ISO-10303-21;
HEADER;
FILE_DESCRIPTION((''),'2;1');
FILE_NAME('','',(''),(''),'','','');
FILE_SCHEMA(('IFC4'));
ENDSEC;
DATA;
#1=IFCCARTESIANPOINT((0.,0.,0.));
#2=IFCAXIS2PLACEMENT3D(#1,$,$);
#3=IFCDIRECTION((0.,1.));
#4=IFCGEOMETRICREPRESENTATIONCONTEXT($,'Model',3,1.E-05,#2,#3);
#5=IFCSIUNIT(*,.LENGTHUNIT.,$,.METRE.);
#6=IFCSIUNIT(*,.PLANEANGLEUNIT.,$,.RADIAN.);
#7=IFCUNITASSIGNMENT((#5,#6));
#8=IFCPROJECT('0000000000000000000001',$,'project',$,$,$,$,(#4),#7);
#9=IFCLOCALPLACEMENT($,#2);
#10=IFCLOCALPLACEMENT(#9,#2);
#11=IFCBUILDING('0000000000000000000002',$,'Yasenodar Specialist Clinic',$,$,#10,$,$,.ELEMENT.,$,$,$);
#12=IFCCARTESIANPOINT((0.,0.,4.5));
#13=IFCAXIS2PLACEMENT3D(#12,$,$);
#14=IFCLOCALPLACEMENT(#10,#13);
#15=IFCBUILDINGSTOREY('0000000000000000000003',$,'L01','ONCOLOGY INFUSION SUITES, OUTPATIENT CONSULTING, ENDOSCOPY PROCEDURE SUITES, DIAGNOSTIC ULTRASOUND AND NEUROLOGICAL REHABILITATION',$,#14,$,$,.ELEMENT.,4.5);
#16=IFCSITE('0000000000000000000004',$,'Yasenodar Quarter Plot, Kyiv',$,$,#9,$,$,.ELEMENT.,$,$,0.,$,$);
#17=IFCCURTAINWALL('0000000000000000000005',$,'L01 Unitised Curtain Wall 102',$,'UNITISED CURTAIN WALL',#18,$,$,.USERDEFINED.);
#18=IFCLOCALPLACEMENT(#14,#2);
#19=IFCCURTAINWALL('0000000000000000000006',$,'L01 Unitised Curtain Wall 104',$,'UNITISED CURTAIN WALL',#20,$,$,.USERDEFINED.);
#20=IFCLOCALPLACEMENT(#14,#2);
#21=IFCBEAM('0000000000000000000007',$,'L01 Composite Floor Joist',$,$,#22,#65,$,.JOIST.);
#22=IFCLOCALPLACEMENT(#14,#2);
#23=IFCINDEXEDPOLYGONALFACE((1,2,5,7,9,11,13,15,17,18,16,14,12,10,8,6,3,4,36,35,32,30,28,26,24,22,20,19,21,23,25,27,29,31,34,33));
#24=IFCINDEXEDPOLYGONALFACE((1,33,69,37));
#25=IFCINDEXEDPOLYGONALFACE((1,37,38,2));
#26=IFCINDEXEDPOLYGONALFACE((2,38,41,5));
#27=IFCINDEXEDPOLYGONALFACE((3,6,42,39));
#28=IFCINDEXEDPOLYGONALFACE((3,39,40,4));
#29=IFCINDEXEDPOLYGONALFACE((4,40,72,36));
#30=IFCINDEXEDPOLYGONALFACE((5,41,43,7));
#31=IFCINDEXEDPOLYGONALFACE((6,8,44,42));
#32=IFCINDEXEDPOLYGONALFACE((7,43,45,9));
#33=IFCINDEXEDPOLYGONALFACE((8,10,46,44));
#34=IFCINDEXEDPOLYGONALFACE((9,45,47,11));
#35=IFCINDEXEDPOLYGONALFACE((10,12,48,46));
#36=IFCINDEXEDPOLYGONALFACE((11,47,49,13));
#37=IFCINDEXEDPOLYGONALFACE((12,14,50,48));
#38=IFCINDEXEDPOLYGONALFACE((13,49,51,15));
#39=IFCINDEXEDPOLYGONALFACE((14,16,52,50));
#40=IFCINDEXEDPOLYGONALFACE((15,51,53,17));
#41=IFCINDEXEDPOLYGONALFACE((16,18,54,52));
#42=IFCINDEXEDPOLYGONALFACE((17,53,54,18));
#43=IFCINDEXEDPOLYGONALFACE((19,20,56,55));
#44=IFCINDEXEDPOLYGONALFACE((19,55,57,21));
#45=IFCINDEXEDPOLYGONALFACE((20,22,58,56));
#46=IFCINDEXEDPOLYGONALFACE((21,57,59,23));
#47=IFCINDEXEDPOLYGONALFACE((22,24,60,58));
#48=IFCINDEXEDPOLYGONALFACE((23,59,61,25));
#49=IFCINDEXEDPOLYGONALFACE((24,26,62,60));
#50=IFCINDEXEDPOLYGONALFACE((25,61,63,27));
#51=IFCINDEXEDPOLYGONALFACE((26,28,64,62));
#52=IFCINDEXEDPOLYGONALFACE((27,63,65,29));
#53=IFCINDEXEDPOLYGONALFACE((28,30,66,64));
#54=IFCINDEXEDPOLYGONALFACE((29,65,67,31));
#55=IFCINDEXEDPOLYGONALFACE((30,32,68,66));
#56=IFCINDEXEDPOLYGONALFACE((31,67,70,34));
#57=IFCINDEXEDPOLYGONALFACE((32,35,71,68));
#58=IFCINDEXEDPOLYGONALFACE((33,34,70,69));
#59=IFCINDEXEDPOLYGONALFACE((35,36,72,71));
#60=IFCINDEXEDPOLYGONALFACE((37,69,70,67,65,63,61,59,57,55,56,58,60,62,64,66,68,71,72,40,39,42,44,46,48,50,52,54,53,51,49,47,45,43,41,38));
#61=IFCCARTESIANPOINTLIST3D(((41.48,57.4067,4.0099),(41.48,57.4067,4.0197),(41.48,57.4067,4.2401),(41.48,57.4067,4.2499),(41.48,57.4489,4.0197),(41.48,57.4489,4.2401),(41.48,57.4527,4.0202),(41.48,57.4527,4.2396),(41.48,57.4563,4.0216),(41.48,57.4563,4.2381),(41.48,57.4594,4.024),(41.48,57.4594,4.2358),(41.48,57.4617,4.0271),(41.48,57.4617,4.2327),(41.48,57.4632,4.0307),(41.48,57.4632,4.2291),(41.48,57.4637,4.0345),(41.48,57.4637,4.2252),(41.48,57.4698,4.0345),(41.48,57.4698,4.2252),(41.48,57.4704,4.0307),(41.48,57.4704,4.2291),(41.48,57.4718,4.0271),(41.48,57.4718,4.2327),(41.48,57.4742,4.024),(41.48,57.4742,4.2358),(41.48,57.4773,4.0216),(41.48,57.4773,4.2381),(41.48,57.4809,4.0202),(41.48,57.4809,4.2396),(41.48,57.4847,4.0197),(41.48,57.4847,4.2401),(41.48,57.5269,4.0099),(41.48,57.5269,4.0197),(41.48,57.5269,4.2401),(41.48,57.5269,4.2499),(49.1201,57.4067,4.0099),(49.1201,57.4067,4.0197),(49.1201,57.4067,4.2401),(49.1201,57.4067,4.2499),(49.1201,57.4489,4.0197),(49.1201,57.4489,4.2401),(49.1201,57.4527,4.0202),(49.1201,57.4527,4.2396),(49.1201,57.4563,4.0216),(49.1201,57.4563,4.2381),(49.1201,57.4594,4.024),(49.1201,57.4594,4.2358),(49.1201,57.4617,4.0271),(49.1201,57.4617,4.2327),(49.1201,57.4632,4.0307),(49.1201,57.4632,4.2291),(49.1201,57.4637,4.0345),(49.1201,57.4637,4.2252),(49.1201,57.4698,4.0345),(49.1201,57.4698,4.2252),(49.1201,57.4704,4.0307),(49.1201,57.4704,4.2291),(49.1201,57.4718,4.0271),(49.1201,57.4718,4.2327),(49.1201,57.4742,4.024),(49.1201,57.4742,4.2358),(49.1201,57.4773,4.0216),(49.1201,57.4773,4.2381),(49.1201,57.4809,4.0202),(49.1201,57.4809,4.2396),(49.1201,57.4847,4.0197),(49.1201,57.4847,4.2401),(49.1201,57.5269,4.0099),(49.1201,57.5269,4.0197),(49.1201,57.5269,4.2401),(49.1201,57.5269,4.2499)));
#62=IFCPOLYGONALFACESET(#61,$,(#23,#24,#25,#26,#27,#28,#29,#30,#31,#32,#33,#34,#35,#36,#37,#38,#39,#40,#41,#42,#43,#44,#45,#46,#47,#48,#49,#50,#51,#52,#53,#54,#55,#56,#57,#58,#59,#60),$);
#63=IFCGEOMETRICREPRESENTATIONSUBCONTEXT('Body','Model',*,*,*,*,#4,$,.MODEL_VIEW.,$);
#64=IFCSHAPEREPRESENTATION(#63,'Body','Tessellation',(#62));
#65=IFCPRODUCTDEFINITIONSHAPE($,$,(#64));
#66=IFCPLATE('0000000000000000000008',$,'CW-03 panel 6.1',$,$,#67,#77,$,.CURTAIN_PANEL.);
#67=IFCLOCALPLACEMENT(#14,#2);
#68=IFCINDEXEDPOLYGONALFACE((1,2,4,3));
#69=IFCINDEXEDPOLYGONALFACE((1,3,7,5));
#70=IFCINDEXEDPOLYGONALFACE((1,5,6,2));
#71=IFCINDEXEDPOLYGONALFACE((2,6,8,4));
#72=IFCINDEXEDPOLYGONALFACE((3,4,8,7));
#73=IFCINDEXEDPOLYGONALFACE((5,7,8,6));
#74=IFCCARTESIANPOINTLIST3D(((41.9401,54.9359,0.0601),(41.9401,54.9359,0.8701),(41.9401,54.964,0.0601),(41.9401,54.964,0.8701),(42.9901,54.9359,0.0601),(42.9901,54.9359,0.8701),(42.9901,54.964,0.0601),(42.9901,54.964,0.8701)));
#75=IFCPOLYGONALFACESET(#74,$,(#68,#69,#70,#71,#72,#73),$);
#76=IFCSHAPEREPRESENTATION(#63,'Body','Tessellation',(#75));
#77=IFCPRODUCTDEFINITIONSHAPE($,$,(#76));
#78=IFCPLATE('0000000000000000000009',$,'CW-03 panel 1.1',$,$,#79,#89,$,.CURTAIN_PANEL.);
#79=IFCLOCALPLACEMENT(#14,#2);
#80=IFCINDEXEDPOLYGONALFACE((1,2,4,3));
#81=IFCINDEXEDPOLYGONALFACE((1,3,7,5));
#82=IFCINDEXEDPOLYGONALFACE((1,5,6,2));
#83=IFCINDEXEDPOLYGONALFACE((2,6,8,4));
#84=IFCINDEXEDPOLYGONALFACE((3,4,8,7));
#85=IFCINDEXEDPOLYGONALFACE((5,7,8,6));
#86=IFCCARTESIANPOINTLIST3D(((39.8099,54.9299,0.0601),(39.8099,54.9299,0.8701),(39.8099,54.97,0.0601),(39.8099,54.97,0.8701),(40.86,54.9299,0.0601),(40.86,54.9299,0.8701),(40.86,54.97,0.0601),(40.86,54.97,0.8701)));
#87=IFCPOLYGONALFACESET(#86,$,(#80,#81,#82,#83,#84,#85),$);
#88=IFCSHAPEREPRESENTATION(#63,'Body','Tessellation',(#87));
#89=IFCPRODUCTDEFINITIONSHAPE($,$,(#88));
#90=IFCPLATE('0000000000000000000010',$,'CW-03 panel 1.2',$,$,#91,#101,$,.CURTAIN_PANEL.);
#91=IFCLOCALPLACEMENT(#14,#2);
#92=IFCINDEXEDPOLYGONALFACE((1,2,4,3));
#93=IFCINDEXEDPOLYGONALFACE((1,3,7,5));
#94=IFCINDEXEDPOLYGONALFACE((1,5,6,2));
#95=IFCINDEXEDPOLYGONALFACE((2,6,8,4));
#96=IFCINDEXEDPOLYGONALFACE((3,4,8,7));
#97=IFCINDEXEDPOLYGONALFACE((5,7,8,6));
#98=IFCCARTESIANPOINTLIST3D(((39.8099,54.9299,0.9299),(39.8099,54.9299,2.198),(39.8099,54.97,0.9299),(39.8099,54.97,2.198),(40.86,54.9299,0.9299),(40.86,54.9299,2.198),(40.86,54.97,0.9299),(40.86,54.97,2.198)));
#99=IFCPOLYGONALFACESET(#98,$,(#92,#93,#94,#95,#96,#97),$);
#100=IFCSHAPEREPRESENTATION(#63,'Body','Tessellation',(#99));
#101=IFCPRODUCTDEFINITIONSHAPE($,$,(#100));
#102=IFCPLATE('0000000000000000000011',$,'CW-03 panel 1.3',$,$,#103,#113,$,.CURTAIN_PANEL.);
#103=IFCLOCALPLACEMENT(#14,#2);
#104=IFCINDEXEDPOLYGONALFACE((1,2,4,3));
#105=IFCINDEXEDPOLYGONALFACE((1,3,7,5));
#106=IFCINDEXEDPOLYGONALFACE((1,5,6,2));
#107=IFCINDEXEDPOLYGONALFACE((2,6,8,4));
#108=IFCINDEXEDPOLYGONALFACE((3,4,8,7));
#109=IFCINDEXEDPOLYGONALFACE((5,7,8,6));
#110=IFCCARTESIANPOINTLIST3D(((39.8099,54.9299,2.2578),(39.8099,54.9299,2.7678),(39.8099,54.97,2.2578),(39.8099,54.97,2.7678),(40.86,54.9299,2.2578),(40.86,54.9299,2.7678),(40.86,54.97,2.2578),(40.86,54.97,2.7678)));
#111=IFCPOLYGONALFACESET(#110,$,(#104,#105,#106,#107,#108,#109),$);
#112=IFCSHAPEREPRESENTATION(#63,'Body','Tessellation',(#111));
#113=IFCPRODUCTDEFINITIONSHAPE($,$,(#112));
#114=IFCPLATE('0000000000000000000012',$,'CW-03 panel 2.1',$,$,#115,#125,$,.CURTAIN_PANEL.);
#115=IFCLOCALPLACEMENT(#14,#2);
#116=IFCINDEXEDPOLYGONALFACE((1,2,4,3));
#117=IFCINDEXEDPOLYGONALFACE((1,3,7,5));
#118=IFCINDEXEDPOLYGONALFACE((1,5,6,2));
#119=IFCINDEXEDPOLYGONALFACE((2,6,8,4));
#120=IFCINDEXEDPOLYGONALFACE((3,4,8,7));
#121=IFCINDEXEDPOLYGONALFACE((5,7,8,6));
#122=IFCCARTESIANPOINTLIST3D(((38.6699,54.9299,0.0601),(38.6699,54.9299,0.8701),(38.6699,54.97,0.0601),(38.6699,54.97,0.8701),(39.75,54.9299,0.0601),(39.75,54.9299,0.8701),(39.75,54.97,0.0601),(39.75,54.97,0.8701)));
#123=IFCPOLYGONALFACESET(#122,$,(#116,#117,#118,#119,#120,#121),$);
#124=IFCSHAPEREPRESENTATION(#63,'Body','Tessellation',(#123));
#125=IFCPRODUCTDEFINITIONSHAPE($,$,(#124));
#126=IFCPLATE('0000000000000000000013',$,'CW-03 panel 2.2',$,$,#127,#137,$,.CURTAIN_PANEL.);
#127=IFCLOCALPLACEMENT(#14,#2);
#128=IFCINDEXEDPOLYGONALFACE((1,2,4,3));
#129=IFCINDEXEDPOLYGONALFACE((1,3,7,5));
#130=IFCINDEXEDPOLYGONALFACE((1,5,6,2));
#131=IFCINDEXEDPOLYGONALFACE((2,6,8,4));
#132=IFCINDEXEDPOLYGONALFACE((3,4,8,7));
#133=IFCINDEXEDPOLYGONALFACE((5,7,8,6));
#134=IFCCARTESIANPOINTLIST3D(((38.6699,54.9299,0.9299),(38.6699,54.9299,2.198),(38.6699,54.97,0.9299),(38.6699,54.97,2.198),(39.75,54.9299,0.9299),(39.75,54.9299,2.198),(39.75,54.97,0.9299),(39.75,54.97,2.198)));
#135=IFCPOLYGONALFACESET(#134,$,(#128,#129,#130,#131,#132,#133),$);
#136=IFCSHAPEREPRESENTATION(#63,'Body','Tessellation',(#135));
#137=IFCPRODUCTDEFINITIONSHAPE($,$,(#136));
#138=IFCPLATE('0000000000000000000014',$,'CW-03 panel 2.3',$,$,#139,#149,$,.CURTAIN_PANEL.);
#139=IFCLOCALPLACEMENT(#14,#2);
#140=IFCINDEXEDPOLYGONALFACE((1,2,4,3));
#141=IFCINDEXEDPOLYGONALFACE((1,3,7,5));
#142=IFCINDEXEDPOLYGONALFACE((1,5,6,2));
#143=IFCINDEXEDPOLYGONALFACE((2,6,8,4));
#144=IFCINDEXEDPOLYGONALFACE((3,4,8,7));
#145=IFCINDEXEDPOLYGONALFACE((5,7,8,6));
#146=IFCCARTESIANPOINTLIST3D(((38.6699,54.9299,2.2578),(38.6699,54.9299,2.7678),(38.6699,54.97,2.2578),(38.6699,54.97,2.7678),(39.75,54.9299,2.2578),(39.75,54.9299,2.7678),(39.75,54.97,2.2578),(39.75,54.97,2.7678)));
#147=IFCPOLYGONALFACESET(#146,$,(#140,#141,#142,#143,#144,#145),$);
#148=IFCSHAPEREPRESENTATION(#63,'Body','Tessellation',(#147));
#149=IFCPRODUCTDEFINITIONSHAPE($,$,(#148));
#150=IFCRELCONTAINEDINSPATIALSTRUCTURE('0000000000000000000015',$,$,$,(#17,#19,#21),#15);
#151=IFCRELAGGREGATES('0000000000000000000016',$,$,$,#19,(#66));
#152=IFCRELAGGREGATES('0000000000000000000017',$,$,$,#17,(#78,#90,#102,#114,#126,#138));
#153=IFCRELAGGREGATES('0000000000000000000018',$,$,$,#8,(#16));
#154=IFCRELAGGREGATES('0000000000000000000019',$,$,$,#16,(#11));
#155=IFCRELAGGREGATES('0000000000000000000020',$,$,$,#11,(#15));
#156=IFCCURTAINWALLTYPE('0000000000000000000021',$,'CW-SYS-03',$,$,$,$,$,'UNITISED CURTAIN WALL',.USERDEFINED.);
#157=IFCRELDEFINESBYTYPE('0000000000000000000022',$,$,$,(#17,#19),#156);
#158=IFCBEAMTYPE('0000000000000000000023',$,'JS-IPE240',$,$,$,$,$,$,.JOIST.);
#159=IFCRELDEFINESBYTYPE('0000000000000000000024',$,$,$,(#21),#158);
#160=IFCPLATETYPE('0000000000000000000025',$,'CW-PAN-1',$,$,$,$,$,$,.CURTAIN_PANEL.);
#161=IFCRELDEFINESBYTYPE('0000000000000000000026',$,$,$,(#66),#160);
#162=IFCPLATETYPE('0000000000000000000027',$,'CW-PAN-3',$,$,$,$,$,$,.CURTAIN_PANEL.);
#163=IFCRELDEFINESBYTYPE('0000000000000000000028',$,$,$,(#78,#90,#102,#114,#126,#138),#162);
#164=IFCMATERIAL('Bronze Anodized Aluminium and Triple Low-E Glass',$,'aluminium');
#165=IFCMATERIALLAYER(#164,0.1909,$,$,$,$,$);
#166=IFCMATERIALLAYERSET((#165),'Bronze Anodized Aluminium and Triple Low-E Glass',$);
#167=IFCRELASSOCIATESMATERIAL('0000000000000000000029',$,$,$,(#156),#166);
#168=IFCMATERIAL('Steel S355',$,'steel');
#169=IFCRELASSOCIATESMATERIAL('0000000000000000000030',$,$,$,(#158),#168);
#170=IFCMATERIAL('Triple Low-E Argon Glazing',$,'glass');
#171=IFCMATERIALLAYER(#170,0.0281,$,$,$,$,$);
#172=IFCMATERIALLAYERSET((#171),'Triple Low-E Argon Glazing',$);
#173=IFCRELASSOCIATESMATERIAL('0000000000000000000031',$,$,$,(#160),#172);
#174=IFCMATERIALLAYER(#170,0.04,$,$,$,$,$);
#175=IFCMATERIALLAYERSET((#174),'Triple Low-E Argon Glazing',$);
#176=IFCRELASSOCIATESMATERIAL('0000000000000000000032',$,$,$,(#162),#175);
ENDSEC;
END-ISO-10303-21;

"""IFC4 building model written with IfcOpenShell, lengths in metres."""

from ifc_helpers import new_model, si_unit, direction, frame, origin, origin_2d, place, context, subcontext, project, spatial, rectangle, i_section, extrude, material, layer, layer_set, material_profile, profile_set, type_object, element, aggregate, save


model = new_model("IFC4")

# Units and contexts
model_context = context("Model", 3, precision=1e-05, world=origin(), true_north=direction((0.0, 1.0)))
body_context = subcontext(model_context, "Body", "Model", "MODEL_VIEW")
ifc_project = project(units=[si_unit("LENGTHUNIT", "METRE"), si_unit("PLANEANGLEUNIT", "RADIAN")], contexts=[model_context])

# Site, building, storey
site_placement = place(None, origin())
site = spatial("IfcSite", under=ifc_project, at=site_placement, Name="Yasenodar Quarter Plot, Kyiv", CompositionType="ELEMENT", RefElevation=0.0)
building_placement = place(site_placement, origin())
building = spatial("IfcBuilding", under=site, at=building_placement, Name="Yasenodar Specialist Clinic", CompositionType="ELEMENT")
storey_placement = place(building_placement, frame((0.0, 0.0, 4.5)))
storey = spatial("IfcBuildingStorey", under=building, at=storey_placement, Name="L01", Description="ONCOLOGY INFUSION SUITES, OUTPATIENT CONSULTING, ENDOSCOPY PROCEDURE SUITES, DIAGNOSTIC ULTRASOUND AND NEUROLOGICAL REHABILITATION", CompositionType="ELEMENT", Elevation=4.5)

# Shared definitions
ifc_material_1 = material(Name="Steel S355", Category="steel")

# Curtain wall
ifc_material_2 = material(Name="Bronze Anodized Aluminium and Triple Low-E Glass", Category="aluminium")
ifc_layer_1 = layer(ifc_material_2, 0.1909)
ifc_layer_set_1 = layer_set([ifc_layer_1], Name="Bronze Anodized Aluminium and Triple Low-E Glass")
curtain_wall_type = type_object("IfcCurtainWallType", Name="CW-SYS-03", ElementType="UNITISED CURTAIN WALL", PredefinedType="USERDEFINED", material=ifc_layer_set_1)
curtain_wall_1_placement = place(storey_placement, origin())
curtain_wall_1 = element("IfcCurtainWall", 1, at=curtain_wall_1_placement, inside=storey, type_object=curtain_wall_type, Name="L01 Unitised Curtain Wall 102", ObjectType="UNITISED CURTAIN WALL", PredefinedType="USERDEFINED")

# Curtain wall
curtain_wall_2_placement = place(storey_placement, origin())
curtain_wall_2 = element("IfcCurtainWall", 2, at=curtain_wall_2_placement, inside=storey, type_object=curtain_wall_type, Name="L01 Unitised Curtain Wall 104", ObjectType="UNITISED CURTAIN WALL", PredefinedType="USERDEFINED")

# Beam
ifc_material_profile_1 = material_profile(ifc_material_1, i_section(OverallWidth=0.1201, OverallDepth=0.24, WebThickness=0.0061, FlangeThickness=0.0098, FilletRadius=0.0149, at=origin_2d()), Name="IPE 240")
ifc_profile_set_1 = profile_set([ifc_material_profile_1], Name="Steel S355")
beam_type_1 = type_object("IfcBeamType", Name="JS-IPE240", PredefinedType="JOIST", material=ifc_profile_set_1)
beam_1_placement = place(storey_placement, frame((41.48, 57.4668, 4.1299), z_axis=(1.0, 0.0, 0.0), x_axis=(0.0, 1.0, 0.0)))
element("IfcBeam", 3, at=beam_1_placement, inside=storey, type_object=beam_type_1, Name="L01 Composite Floor Joist", PredefinedType="JOIST", context=body_context, shape_type="SweptSolid", body=[
    extrude(i_section(OverallWidth=0.1201, OverallDepth=0.24, WebThickness=0.0061, FlangeThickness=0.0098, FilletRadius=0.0149, at=origin_2d()), origin(), (0.0, 0.0, 1.0), 7.6401),
])

# Plates
ifc_material_3 = material(Name="Triple Low-E Argon Glazing", Category="glass")
ifc_layer_2 = layer(ifc_material_3, 0.0281)
ifc_layer_set_2 = layer_set([ifc_layer_2], Name="Triple Low-E Argon Glazing")
plate_type_1 = type_object("IfcPlateType", Name="CW-PAN-1", PredefinedType="CURTAIN_PANEL", material=ifc_layer_set_2)
plate_1_placement = place(storey_placement, frame((42.4651, 54.95, 0.0601), z_axis=(0.0, 0.0, 1.0), x_axis=(-1.0, 0.0, 0.0)))
plate_1 = element("IfcPlate", 4, at=plate_1_placement, type_object=plate_type_1, Name="CW-03 panel 6.1", PredefinedType="CURTAIN_PANEL", context=body_context, shape_type="SweptSolid", body=[
    extrude(rectangle(XDim=1.05, YDim=0.0281, at=origin_2d()), origin(), (0.0, 0.0, 1.0), 0.8101),
])
aggregate(curtain_wall_2, [plate_1])
ifc_layer_3 = layer(ifc_material_3, 0.04)
ifc_layer_set_3 = layer_set([ifc_layer_3], Name="Triple Low-E Argon Glazing")
plate_type_2 = type_object("IfcPlateType", Name="CW-PAN-3", PredefinedType="CURTAIN_PANEL", material=ifc_layer_set_3)
plate_2_placement = place(storey_placement, frame((40.335, 54.95, 0.0601), z_axis=(0.0, 0.0, 1.0), x_axis=(-1.0, 0.0, 0.0)))
plate_2 = element("IfcPlate", 5, at=plate_2_placement, type_object=plate_type_2, Name="CW-03 panel 1.1", PredefinedType="CURTAIN_PANEL", context=body_context, shape_type="SweptSolid", body=[
    extrude(rectangle(XDim=1.05, YDim=0.04, at=origin_2d()), origin(), (0.0, 0.0, 1.0), 0.8101),
])
plate_3_placement = place(storey_placement, frame((40.335, 54.95, 0.9299), z_axis=(0.0, 0.0, 1.0), x_axis=(-1.0, 0.0, 0.0)))
plate_3 = element("IfcPlate", 6, at=plate_3_placement, type_object=plate_type_2, Name="CW-03 panel 1.2", PredefinedType="CURTAIN_PANEL", context=body_context, shape_type="SweptSolid", body=[
    extrude(rectangle(XDim=1.05, YDim=0.04, at=origin_2d()), origin(), (0.0, 0.0, 1.0), 1.2681),
])
plate_4_placement = place(storey_placement, frame((40.335, 54.95, 2.2578), z_axis=(0.0, 0.0, 1.0), x_axis=(-1.0, 0.0, 0.0)))
plate_4 = element("IfcPlate", 7, at=plate_4_placement, type_object=plate_type_2, Name="CW-03 panel 1.3", PredefinedType="CURTAIN_PANEL", context=body_context, shape_type="SweptSolid", body=[
    extrude(rectangle(XDim=1.05, YDim=0.04, at=origin_2d()), origin(), (0.0, 0.0, 1.0), 0.51),
])
plate_5_placement = place(storey_placement, frame((39.21, 54.95, 0.0601), z_axis=(0.0, 0.0, 1.0), x_axis=(-1.0, 0.0, 0.0)))
plate_5 = element("IfcPlate", 8, at=plate_5_placement, type_object=plate_type_2, Name="CW-03 panel 2.1", PredefinedType="CURTAIN_PANEL", context=body_context, shape_type="SweptSolid", body=[
    extrude(rectangle(XDim=1.0801, YDim=0.04, at=origin_2d()), origin(), (0.0, 0.0, 1.0), 0.8101),
])
plate_6_placement = place(storey_placement, frame((39.21, 54.95, 0.9299), z_axis=(0.0, 0.0, 1.0), x_axis=(-1.0, 0.0, 0.0)))
plate_6 = element("IfcPlate", 9, at=plate_6_placement, type_object=plate_type_2, Name="CW-03 panel 2.2", PredefinedType="CURTAIN_PANEL", context=body_context, shape_type="SweptSolid", body=[
    extrude(rectangle(XDim=1.0801, YDim=0.04, at=origin_2d()), origin(), (0.0, 0.0, 1.0), 1.2681),
])
plate_7_placement = place(storey_placement, frame((39.21, 54.95, 2.2578), z_axis=(0.0, 0.0, 1.0), x_axis=(-1.0, 0.0, 0.0)))
plate_7 = element("IfcPlate", 10, at=plate_7_placement, type_object=plate_type_2, Name="CW-03 panel 2.3", PredefinedType="CURTAIN_PANEL", context=body_context, shape_type="SweptSolid", body=[
    extrude(rectangle(XDim=1.0801, YDim=0.04, at=origin_2d()), origin(), (0.0, 0.0, 1.0), 0.51),
])
aggregate(curtain_wall_1, [plate_2, plate_3, plate_4, plate_5, plate_6, plate_7])

save(model, "model.ifc")
